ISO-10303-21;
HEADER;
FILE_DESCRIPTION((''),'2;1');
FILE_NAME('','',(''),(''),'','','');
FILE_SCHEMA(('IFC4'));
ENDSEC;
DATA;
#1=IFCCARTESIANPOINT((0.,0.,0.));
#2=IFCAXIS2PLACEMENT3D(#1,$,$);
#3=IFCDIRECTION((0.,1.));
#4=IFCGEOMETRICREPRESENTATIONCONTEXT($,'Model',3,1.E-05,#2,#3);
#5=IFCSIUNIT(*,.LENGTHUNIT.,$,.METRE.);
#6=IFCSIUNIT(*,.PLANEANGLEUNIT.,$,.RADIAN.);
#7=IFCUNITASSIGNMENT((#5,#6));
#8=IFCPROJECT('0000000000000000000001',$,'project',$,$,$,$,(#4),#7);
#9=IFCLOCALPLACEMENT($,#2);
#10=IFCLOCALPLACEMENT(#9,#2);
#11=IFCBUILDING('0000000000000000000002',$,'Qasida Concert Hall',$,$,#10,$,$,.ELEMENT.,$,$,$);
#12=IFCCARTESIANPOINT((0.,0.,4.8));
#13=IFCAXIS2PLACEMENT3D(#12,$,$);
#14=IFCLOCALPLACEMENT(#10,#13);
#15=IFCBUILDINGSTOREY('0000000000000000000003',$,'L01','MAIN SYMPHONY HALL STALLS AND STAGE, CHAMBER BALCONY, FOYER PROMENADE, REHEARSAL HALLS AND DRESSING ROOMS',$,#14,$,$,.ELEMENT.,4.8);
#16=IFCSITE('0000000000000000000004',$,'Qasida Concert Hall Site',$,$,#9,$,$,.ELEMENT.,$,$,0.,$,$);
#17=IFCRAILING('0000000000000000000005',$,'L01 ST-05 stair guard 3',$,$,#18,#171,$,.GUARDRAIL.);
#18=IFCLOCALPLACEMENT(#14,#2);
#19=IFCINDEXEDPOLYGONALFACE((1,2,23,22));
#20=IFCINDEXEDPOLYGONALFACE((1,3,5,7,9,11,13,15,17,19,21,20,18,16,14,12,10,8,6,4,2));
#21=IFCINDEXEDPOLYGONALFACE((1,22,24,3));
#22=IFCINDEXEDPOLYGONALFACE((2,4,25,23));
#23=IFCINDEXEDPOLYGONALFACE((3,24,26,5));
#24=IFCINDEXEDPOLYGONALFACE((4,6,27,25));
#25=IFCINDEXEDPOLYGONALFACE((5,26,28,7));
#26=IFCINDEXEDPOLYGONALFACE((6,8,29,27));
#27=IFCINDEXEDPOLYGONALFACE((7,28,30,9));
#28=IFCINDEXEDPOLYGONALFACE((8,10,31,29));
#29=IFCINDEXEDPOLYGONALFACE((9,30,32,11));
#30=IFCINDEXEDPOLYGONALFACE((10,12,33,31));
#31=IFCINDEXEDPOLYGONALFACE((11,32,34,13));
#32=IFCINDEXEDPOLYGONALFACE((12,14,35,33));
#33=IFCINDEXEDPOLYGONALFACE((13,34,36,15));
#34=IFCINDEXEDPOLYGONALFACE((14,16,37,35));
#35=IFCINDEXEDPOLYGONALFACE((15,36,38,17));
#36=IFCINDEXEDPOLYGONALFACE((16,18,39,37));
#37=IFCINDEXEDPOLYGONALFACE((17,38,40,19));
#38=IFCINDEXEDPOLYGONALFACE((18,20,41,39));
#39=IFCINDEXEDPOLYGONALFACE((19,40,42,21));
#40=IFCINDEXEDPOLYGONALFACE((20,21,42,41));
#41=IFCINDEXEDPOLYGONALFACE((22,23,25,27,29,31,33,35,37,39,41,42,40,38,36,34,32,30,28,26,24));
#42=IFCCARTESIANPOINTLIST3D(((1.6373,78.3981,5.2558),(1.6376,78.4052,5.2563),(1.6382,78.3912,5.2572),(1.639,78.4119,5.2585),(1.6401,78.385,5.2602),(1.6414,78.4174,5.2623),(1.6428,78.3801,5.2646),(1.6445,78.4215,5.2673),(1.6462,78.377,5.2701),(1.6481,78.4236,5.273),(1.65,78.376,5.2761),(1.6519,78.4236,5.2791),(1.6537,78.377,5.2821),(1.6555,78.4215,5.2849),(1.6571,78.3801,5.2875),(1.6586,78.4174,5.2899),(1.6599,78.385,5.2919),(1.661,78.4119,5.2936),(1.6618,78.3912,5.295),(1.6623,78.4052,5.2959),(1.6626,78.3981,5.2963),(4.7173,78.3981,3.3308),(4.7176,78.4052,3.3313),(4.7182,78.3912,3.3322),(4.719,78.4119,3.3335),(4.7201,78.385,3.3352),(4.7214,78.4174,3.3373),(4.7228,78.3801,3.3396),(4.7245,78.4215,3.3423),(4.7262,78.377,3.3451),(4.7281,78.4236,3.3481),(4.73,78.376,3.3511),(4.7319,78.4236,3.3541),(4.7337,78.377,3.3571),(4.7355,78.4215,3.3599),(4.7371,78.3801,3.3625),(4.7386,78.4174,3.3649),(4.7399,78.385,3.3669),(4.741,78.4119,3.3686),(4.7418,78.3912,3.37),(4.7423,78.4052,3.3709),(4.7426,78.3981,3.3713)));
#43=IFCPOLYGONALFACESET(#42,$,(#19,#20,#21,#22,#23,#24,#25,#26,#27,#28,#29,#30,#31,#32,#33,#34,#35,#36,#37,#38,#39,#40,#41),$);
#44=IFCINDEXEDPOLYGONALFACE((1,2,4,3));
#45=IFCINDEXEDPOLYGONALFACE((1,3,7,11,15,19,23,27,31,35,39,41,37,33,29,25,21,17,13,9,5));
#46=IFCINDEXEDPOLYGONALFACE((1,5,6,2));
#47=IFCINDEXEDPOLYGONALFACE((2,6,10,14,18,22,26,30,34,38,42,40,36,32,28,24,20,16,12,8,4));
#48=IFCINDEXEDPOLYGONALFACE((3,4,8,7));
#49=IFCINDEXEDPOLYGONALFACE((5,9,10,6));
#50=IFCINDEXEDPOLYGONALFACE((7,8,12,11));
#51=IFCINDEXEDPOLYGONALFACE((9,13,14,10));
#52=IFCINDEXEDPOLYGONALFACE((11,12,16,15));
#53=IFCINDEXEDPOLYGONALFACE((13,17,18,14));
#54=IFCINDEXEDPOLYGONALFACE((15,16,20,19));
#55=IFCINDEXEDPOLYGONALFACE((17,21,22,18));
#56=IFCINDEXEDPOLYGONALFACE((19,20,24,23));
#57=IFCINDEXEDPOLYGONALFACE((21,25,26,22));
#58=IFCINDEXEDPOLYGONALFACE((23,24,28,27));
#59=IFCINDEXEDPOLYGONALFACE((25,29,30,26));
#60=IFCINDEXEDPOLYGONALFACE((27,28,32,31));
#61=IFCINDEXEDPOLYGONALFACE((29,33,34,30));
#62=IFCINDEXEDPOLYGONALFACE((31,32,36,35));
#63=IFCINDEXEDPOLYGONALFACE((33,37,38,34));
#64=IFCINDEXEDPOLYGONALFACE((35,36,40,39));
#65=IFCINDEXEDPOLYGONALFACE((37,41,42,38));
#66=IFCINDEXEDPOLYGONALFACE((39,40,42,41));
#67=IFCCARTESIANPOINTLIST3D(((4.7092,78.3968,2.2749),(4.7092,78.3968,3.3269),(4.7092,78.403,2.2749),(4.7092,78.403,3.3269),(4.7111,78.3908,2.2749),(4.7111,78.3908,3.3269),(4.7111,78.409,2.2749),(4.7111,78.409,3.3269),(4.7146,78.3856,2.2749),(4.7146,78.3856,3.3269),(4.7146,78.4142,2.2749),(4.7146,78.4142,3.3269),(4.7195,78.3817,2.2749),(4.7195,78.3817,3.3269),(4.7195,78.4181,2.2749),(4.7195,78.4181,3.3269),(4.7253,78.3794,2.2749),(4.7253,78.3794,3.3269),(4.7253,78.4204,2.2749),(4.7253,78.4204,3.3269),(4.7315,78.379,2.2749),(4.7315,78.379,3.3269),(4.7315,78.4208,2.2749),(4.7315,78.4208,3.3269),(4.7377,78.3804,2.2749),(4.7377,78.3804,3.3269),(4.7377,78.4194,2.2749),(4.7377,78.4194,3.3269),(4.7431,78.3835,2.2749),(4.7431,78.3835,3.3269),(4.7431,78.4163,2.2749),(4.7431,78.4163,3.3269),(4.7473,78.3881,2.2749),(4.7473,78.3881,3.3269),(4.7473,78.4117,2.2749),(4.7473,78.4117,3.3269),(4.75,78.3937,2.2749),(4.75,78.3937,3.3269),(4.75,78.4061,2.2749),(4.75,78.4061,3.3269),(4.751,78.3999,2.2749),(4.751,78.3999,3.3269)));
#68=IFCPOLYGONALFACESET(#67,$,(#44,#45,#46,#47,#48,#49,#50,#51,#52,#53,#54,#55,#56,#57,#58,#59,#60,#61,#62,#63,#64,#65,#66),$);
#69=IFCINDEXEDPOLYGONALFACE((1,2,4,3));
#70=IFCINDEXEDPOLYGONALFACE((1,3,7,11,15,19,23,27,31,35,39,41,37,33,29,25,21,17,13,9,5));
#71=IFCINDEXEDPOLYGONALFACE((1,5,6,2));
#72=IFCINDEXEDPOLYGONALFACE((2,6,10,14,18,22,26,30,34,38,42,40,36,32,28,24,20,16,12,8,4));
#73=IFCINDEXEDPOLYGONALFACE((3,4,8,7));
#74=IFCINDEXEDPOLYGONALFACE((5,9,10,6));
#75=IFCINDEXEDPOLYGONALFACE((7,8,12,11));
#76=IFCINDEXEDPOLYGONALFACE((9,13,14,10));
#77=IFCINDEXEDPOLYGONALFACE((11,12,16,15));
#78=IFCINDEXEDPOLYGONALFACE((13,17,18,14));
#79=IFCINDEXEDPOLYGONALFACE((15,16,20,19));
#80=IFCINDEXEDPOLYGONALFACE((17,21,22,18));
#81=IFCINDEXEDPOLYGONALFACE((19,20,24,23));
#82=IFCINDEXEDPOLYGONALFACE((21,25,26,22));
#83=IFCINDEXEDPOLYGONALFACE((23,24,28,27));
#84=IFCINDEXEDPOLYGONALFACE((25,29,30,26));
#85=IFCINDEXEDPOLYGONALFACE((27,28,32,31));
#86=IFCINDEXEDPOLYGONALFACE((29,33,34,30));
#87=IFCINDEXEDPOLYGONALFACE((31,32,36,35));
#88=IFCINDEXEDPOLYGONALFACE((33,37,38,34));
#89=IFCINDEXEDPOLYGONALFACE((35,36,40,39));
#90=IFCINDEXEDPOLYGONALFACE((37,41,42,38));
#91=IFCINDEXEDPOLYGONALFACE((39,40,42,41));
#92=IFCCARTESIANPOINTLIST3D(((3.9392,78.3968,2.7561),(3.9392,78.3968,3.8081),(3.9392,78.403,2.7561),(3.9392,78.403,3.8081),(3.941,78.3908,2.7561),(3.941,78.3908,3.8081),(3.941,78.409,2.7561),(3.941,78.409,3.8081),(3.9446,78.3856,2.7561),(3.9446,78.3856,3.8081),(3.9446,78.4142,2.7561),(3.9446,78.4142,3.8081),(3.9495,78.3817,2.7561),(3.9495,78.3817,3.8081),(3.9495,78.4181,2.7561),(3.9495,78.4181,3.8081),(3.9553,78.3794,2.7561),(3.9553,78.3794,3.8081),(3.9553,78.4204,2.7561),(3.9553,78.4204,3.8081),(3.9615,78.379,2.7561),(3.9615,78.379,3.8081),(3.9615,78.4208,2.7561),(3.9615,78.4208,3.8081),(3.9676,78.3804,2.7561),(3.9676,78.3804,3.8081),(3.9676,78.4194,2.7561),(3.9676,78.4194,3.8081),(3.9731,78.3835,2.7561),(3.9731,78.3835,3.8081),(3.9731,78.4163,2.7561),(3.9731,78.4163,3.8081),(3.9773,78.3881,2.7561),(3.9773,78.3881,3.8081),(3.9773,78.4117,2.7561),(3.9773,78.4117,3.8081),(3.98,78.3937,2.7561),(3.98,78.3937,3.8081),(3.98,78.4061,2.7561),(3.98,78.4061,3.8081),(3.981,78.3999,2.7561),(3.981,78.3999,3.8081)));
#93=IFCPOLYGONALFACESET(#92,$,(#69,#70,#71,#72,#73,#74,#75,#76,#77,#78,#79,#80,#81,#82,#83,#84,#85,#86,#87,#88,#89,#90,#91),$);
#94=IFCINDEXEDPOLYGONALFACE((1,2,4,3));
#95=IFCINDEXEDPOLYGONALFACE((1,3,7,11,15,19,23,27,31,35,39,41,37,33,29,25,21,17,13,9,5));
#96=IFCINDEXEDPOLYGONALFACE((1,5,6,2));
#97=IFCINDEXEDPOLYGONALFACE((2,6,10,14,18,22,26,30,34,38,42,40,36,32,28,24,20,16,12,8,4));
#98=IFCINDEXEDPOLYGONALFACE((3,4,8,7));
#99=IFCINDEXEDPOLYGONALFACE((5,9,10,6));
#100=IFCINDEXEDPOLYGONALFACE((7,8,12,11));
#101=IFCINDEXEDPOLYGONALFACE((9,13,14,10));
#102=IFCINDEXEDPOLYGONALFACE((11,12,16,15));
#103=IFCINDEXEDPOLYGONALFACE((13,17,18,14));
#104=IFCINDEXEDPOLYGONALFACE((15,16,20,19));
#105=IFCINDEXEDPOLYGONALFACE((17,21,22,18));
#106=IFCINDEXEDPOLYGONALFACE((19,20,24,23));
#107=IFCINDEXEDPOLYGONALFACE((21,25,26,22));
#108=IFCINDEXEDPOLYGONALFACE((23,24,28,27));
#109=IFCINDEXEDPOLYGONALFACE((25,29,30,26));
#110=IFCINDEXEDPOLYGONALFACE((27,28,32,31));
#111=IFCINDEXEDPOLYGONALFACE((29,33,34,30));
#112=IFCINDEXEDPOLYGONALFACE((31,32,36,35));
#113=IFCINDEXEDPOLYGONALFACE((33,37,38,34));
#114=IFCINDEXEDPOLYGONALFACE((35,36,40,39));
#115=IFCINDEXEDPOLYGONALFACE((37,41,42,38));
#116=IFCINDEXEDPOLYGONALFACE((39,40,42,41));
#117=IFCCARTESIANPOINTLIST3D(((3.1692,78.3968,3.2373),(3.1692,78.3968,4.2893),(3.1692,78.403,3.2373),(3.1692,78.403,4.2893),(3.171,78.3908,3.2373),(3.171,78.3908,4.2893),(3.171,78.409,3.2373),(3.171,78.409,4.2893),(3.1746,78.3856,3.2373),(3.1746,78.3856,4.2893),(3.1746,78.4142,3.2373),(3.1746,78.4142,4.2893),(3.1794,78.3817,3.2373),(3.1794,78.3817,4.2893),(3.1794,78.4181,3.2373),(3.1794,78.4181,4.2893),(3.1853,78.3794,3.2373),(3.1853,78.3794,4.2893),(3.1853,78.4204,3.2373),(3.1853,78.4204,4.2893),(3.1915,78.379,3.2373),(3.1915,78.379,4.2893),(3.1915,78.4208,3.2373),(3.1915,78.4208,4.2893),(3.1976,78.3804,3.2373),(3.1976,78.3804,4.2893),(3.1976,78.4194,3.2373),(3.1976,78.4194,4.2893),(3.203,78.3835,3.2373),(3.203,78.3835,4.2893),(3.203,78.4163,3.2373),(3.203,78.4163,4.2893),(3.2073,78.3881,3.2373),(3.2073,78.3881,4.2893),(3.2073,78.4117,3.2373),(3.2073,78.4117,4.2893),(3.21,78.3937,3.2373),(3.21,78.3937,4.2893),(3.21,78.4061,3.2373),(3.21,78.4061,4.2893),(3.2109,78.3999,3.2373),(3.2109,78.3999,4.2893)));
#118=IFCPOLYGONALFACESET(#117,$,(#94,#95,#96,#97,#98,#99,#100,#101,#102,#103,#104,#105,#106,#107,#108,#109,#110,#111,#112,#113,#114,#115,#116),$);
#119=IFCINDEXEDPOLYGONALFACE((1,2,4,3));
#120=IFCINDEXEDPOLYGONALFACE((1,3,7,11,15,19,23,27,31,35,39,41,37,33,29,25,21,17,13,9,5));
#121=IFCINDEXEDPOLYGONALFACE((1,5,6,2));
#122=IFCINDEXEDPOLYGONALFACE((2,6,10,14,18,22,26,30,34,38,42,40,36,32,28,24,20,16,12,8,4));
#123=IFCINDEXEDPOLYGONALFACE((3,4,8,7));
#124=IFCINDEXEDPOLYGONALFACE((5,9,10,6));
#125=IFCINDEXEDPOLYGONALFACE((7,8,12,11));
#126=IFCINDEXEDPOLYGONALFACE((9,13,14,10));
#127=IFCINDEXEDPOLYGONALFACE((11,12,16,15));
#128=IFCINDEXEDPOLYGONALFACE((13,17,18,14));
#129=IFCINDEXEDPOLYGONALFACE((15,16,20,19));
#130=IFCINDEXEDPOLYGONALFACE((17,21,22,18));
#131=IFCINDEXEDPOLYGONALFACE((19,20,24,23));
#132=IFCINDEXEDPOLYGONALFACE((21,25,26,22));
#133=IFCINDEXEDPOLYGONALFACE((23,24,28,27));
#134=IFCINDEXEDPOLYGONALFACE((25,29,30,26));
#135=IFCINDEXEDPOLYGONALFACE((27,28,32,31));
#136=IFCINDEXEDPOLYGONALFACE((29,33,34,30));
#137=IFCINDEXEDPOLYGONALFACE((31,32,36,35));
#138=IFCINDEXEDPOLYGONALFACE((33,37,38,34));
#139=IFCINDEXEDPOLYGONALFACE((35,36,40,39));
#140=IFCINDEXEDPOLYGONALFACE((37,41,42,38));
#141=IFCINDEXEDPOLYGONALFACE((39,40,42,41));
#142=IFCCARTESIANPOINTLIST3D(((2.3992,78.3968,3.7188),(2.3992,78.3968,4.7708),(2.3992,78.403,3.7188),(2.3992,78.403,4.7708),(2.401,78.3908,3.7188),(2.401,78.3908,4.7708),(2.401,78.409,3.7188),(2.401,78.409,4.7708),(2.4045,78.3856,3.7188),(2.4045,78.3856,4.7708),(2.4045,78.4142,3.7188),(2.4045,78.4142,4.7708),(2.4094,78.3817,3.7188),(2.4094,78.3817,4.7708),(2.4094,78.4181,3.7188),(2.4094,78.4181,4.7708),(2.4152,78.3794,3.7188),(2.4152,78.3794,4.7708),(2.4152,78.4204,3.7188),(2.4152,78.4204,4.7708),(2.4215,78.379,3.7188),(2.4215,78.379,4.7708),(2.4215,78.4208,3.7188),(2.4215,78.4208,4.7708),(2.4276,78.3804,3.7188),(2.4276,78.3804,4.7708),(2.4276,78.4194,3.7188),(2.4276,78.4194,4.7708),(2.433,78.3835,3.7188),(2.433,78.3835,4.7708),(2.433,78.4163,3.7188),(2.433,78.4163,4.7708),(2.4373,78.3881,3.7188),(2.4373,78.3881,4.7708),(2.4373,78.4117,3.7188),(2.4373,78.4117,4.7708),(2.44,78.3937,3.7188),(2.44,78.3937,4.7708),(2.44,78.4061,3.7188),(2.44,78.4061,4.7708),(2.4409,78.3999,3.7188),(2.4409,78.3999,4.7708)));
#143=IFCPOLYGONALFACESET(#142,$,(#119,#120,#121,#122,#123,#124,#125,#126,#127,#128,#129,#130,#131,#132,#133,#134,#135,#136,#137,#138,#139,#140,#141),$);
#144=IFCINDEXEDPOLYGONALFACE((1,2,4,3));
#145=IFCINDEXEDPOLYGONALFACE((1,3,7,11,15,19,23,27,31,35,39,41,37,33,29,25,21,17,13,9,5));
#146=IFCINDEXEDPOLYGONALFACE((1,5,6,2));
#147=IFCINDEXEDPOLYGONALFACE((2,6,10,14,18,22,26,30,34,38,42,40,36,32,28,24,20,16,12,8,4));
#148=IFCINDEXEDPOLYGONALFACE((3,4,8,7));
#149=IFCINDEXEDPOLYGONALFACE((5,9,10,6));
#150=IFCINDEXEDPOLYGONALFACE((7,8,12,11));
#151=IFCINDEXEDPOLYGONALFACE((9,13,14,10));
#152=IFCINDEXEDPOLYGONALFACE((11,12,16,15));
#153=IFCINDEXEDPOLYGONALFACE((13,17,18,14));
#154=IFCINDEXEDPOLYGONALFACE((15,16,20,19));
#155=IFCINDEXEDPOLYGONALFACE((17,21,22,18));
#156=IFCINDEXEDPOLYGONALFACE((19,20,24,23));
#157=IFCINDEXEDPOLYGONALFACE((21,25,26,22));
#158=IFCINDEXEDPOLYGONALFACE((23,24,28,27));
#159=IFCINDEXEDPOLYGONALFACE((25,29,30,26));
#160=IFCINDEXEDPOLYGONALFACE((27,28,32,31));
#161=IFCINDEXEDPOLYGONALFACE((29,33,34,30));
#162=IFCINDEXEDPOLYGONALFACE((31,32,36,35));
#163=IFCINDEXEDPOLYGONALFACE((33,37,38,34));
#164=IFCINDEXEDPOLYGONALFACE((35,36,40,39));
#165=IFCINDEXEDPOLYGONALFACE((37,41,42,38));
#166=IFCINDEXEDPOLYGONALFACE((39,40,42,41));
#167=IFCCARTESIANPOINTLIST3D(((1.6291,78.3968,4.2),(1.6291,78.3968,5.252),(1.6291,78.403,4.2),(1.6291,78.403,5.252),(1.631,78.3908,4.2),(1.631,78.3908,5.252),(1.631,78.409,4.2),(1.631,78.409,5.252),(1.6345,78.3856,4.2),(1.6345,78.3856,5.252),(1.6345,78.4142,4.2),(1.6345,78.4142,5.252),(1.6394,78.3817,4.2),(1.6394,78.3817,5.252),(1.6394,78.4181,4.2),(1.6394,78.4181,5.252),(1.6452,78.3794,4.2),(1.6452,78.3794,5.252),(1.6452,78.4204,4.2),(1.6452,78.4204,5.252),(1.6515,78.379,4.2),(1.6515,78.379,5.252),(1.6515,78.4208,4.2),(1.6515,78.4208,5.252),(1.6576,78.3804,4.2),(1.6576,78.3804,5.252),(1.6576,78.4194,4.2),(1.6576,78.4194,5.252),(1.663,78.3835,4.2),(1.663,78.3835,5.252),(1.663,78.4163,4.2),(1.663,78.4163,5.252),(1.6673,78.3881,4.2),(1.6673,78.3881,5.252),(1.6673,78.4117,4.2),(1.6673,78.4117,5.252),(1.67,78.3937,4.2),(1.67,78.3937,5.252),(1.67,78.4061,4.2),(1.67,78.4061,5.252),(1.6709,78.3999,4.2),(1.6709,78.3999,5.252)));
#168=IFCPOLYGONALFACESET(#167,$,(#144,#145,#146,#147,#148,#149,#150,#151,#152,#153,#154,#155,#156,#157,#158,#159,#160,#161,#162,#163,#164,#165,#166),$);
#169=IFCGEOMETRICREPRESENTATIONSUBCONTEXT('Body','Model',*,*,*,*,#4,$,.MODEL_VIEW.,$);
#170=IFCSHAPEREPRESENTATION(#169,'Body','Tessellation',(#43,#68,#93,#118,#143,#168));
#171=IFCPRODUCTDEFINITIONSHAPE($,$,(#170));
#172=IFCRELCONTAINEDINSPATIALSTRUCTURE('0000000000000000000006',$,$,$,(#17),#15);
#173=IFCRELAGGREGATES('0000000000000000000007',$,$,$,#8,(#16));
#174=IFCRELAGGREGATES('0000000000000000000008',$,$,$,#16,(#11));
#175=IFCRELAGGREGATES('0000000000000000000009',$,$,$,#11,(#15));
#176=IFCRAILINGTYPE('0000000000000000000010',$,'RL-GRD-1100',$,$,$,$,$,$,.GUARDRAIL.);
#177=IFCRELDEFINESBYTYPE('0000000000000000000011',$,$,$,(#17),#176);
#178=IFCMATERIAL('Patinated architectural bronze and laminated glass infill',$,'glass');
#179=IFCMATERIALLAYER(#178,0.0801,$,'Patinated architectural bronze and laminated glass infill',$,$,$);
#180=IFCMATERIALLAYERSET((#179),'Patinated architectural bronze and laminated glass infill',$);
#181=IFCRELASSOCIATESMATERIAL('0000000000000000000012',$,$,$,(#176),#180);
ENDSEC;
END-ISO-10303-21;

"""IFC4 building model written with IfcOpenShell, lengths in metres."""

from ifc_helpers import new_model, si_unit, direction, frame, origin, origin_2d, place, context, subcontext, project, spatial, circle, extrude, material, layer, layer_set, type_object, element, save


model = new_model("IFC4")

# Units and contexts
model_context = context("Model", 3, precision=1e-05, world=origin(), true_north=direction((0.0, 1.0)))
body_context = subcontext(model_context, "Body", "Model", "MODEL_VIEW")
ifc_project = project(units=[si_unit("LENGTHUNIT", "METRE"), si_unit("PLANEANGLEUNIT", "RADIAN")], contexts=[model_context])

# Site, building, storey
site_placement = place(None, origin())
site = spatial("IfcSite", under=ifc_project, at=site_placement, Name="Qasida Concert Hall Site", CompositionType="ELEMENT", RefElevation=0.0)
building_placement = place(site_placement, origin())
building = spatial("IfcBuilding", under=site, at=building_placement, Name="Qasida Concert Hall", CompositionType="ELEMENT")
storey_placement = place(building_placement, frame((0.0, 0.0, 4.8)))
storey = spatial("IfcBuildingStorey", under=building, at=storey_placement, Name="L01", Description="MAIN SYMPHONY HALL STALLS AND STAGE, CHAMBER BALCONY, FOYER PROMENADE, REHEARSAL HALLS AND DRESSING ROOMS", CompositionType="ELEMENT", Elevation=4.8)

# Railing
ifc_material_1 = material(Name="Patinated architectural bronze and laminated glass infill", Category="glass")
ifc_layer_1 = layer(ifc_material_1, 0.0801, Name="Patinated architectural bronze and laminated glass infill")
ifc_layer_set_1 = layer_set([ifc_layer_1], Name="Patinated architectural bronze and laminated glass infill")
railing_type_1 = type_object("IfcRailingType", Name="RL-GRD-1100", PredefinedType="GUARDRAIL", material=ifc_layer_set_1)
railing_1_placement = place(storey_placement, frame((4.73, 78.3999, 2.2749)))
element("IfcRailing", 1, at=railing_1_placement, inside=storey, type_object=railing_type_1, Name="L01 ST-05 stair guard 3", PredefinedType="GUARDRAIL", context=body_context, shape_type="SweptSolid", body=[
    extrude(circle(Radius=0.0239, at=origin_2d()), frame((0.0, 0.0, 1.0762), z_axis=(-0.847998, 0.0, 0.529999), x_axis=(0.0, -1.0, 0.0)), (0.0, 0.0, 1.0), 3.6321),
    extrude(circle(Radius=0.021, at=origin_2d()), origin(), (0.0, 0.0, 1.0), 1.052),
    extrude(circle(Radius=0.021, at=origin_2d()), frame((-0.77, 0.0, 0.4812)), (0.0, 0.0, 1.0), 1.052),
    extrude(circle(Radius=0.021, at=origin_2d()), frame((-1.54, 0.0, 0.9624)), (0.0, 0.0, 1.0), 1.052),
    extrude(circle(Radius=0.021, at=origin_2d()), frame((-2.3101, 0.0, 1.4438)), (0.0, 0.0, 1.0), 1.052),
    extrude(circle(Radius=0.021, at=origin_2d()), frame((-3.0801, 0.0, 1.925)), (0.0, 0.0, 1.0), 1.052),
])

save(model, "model.ifc")
